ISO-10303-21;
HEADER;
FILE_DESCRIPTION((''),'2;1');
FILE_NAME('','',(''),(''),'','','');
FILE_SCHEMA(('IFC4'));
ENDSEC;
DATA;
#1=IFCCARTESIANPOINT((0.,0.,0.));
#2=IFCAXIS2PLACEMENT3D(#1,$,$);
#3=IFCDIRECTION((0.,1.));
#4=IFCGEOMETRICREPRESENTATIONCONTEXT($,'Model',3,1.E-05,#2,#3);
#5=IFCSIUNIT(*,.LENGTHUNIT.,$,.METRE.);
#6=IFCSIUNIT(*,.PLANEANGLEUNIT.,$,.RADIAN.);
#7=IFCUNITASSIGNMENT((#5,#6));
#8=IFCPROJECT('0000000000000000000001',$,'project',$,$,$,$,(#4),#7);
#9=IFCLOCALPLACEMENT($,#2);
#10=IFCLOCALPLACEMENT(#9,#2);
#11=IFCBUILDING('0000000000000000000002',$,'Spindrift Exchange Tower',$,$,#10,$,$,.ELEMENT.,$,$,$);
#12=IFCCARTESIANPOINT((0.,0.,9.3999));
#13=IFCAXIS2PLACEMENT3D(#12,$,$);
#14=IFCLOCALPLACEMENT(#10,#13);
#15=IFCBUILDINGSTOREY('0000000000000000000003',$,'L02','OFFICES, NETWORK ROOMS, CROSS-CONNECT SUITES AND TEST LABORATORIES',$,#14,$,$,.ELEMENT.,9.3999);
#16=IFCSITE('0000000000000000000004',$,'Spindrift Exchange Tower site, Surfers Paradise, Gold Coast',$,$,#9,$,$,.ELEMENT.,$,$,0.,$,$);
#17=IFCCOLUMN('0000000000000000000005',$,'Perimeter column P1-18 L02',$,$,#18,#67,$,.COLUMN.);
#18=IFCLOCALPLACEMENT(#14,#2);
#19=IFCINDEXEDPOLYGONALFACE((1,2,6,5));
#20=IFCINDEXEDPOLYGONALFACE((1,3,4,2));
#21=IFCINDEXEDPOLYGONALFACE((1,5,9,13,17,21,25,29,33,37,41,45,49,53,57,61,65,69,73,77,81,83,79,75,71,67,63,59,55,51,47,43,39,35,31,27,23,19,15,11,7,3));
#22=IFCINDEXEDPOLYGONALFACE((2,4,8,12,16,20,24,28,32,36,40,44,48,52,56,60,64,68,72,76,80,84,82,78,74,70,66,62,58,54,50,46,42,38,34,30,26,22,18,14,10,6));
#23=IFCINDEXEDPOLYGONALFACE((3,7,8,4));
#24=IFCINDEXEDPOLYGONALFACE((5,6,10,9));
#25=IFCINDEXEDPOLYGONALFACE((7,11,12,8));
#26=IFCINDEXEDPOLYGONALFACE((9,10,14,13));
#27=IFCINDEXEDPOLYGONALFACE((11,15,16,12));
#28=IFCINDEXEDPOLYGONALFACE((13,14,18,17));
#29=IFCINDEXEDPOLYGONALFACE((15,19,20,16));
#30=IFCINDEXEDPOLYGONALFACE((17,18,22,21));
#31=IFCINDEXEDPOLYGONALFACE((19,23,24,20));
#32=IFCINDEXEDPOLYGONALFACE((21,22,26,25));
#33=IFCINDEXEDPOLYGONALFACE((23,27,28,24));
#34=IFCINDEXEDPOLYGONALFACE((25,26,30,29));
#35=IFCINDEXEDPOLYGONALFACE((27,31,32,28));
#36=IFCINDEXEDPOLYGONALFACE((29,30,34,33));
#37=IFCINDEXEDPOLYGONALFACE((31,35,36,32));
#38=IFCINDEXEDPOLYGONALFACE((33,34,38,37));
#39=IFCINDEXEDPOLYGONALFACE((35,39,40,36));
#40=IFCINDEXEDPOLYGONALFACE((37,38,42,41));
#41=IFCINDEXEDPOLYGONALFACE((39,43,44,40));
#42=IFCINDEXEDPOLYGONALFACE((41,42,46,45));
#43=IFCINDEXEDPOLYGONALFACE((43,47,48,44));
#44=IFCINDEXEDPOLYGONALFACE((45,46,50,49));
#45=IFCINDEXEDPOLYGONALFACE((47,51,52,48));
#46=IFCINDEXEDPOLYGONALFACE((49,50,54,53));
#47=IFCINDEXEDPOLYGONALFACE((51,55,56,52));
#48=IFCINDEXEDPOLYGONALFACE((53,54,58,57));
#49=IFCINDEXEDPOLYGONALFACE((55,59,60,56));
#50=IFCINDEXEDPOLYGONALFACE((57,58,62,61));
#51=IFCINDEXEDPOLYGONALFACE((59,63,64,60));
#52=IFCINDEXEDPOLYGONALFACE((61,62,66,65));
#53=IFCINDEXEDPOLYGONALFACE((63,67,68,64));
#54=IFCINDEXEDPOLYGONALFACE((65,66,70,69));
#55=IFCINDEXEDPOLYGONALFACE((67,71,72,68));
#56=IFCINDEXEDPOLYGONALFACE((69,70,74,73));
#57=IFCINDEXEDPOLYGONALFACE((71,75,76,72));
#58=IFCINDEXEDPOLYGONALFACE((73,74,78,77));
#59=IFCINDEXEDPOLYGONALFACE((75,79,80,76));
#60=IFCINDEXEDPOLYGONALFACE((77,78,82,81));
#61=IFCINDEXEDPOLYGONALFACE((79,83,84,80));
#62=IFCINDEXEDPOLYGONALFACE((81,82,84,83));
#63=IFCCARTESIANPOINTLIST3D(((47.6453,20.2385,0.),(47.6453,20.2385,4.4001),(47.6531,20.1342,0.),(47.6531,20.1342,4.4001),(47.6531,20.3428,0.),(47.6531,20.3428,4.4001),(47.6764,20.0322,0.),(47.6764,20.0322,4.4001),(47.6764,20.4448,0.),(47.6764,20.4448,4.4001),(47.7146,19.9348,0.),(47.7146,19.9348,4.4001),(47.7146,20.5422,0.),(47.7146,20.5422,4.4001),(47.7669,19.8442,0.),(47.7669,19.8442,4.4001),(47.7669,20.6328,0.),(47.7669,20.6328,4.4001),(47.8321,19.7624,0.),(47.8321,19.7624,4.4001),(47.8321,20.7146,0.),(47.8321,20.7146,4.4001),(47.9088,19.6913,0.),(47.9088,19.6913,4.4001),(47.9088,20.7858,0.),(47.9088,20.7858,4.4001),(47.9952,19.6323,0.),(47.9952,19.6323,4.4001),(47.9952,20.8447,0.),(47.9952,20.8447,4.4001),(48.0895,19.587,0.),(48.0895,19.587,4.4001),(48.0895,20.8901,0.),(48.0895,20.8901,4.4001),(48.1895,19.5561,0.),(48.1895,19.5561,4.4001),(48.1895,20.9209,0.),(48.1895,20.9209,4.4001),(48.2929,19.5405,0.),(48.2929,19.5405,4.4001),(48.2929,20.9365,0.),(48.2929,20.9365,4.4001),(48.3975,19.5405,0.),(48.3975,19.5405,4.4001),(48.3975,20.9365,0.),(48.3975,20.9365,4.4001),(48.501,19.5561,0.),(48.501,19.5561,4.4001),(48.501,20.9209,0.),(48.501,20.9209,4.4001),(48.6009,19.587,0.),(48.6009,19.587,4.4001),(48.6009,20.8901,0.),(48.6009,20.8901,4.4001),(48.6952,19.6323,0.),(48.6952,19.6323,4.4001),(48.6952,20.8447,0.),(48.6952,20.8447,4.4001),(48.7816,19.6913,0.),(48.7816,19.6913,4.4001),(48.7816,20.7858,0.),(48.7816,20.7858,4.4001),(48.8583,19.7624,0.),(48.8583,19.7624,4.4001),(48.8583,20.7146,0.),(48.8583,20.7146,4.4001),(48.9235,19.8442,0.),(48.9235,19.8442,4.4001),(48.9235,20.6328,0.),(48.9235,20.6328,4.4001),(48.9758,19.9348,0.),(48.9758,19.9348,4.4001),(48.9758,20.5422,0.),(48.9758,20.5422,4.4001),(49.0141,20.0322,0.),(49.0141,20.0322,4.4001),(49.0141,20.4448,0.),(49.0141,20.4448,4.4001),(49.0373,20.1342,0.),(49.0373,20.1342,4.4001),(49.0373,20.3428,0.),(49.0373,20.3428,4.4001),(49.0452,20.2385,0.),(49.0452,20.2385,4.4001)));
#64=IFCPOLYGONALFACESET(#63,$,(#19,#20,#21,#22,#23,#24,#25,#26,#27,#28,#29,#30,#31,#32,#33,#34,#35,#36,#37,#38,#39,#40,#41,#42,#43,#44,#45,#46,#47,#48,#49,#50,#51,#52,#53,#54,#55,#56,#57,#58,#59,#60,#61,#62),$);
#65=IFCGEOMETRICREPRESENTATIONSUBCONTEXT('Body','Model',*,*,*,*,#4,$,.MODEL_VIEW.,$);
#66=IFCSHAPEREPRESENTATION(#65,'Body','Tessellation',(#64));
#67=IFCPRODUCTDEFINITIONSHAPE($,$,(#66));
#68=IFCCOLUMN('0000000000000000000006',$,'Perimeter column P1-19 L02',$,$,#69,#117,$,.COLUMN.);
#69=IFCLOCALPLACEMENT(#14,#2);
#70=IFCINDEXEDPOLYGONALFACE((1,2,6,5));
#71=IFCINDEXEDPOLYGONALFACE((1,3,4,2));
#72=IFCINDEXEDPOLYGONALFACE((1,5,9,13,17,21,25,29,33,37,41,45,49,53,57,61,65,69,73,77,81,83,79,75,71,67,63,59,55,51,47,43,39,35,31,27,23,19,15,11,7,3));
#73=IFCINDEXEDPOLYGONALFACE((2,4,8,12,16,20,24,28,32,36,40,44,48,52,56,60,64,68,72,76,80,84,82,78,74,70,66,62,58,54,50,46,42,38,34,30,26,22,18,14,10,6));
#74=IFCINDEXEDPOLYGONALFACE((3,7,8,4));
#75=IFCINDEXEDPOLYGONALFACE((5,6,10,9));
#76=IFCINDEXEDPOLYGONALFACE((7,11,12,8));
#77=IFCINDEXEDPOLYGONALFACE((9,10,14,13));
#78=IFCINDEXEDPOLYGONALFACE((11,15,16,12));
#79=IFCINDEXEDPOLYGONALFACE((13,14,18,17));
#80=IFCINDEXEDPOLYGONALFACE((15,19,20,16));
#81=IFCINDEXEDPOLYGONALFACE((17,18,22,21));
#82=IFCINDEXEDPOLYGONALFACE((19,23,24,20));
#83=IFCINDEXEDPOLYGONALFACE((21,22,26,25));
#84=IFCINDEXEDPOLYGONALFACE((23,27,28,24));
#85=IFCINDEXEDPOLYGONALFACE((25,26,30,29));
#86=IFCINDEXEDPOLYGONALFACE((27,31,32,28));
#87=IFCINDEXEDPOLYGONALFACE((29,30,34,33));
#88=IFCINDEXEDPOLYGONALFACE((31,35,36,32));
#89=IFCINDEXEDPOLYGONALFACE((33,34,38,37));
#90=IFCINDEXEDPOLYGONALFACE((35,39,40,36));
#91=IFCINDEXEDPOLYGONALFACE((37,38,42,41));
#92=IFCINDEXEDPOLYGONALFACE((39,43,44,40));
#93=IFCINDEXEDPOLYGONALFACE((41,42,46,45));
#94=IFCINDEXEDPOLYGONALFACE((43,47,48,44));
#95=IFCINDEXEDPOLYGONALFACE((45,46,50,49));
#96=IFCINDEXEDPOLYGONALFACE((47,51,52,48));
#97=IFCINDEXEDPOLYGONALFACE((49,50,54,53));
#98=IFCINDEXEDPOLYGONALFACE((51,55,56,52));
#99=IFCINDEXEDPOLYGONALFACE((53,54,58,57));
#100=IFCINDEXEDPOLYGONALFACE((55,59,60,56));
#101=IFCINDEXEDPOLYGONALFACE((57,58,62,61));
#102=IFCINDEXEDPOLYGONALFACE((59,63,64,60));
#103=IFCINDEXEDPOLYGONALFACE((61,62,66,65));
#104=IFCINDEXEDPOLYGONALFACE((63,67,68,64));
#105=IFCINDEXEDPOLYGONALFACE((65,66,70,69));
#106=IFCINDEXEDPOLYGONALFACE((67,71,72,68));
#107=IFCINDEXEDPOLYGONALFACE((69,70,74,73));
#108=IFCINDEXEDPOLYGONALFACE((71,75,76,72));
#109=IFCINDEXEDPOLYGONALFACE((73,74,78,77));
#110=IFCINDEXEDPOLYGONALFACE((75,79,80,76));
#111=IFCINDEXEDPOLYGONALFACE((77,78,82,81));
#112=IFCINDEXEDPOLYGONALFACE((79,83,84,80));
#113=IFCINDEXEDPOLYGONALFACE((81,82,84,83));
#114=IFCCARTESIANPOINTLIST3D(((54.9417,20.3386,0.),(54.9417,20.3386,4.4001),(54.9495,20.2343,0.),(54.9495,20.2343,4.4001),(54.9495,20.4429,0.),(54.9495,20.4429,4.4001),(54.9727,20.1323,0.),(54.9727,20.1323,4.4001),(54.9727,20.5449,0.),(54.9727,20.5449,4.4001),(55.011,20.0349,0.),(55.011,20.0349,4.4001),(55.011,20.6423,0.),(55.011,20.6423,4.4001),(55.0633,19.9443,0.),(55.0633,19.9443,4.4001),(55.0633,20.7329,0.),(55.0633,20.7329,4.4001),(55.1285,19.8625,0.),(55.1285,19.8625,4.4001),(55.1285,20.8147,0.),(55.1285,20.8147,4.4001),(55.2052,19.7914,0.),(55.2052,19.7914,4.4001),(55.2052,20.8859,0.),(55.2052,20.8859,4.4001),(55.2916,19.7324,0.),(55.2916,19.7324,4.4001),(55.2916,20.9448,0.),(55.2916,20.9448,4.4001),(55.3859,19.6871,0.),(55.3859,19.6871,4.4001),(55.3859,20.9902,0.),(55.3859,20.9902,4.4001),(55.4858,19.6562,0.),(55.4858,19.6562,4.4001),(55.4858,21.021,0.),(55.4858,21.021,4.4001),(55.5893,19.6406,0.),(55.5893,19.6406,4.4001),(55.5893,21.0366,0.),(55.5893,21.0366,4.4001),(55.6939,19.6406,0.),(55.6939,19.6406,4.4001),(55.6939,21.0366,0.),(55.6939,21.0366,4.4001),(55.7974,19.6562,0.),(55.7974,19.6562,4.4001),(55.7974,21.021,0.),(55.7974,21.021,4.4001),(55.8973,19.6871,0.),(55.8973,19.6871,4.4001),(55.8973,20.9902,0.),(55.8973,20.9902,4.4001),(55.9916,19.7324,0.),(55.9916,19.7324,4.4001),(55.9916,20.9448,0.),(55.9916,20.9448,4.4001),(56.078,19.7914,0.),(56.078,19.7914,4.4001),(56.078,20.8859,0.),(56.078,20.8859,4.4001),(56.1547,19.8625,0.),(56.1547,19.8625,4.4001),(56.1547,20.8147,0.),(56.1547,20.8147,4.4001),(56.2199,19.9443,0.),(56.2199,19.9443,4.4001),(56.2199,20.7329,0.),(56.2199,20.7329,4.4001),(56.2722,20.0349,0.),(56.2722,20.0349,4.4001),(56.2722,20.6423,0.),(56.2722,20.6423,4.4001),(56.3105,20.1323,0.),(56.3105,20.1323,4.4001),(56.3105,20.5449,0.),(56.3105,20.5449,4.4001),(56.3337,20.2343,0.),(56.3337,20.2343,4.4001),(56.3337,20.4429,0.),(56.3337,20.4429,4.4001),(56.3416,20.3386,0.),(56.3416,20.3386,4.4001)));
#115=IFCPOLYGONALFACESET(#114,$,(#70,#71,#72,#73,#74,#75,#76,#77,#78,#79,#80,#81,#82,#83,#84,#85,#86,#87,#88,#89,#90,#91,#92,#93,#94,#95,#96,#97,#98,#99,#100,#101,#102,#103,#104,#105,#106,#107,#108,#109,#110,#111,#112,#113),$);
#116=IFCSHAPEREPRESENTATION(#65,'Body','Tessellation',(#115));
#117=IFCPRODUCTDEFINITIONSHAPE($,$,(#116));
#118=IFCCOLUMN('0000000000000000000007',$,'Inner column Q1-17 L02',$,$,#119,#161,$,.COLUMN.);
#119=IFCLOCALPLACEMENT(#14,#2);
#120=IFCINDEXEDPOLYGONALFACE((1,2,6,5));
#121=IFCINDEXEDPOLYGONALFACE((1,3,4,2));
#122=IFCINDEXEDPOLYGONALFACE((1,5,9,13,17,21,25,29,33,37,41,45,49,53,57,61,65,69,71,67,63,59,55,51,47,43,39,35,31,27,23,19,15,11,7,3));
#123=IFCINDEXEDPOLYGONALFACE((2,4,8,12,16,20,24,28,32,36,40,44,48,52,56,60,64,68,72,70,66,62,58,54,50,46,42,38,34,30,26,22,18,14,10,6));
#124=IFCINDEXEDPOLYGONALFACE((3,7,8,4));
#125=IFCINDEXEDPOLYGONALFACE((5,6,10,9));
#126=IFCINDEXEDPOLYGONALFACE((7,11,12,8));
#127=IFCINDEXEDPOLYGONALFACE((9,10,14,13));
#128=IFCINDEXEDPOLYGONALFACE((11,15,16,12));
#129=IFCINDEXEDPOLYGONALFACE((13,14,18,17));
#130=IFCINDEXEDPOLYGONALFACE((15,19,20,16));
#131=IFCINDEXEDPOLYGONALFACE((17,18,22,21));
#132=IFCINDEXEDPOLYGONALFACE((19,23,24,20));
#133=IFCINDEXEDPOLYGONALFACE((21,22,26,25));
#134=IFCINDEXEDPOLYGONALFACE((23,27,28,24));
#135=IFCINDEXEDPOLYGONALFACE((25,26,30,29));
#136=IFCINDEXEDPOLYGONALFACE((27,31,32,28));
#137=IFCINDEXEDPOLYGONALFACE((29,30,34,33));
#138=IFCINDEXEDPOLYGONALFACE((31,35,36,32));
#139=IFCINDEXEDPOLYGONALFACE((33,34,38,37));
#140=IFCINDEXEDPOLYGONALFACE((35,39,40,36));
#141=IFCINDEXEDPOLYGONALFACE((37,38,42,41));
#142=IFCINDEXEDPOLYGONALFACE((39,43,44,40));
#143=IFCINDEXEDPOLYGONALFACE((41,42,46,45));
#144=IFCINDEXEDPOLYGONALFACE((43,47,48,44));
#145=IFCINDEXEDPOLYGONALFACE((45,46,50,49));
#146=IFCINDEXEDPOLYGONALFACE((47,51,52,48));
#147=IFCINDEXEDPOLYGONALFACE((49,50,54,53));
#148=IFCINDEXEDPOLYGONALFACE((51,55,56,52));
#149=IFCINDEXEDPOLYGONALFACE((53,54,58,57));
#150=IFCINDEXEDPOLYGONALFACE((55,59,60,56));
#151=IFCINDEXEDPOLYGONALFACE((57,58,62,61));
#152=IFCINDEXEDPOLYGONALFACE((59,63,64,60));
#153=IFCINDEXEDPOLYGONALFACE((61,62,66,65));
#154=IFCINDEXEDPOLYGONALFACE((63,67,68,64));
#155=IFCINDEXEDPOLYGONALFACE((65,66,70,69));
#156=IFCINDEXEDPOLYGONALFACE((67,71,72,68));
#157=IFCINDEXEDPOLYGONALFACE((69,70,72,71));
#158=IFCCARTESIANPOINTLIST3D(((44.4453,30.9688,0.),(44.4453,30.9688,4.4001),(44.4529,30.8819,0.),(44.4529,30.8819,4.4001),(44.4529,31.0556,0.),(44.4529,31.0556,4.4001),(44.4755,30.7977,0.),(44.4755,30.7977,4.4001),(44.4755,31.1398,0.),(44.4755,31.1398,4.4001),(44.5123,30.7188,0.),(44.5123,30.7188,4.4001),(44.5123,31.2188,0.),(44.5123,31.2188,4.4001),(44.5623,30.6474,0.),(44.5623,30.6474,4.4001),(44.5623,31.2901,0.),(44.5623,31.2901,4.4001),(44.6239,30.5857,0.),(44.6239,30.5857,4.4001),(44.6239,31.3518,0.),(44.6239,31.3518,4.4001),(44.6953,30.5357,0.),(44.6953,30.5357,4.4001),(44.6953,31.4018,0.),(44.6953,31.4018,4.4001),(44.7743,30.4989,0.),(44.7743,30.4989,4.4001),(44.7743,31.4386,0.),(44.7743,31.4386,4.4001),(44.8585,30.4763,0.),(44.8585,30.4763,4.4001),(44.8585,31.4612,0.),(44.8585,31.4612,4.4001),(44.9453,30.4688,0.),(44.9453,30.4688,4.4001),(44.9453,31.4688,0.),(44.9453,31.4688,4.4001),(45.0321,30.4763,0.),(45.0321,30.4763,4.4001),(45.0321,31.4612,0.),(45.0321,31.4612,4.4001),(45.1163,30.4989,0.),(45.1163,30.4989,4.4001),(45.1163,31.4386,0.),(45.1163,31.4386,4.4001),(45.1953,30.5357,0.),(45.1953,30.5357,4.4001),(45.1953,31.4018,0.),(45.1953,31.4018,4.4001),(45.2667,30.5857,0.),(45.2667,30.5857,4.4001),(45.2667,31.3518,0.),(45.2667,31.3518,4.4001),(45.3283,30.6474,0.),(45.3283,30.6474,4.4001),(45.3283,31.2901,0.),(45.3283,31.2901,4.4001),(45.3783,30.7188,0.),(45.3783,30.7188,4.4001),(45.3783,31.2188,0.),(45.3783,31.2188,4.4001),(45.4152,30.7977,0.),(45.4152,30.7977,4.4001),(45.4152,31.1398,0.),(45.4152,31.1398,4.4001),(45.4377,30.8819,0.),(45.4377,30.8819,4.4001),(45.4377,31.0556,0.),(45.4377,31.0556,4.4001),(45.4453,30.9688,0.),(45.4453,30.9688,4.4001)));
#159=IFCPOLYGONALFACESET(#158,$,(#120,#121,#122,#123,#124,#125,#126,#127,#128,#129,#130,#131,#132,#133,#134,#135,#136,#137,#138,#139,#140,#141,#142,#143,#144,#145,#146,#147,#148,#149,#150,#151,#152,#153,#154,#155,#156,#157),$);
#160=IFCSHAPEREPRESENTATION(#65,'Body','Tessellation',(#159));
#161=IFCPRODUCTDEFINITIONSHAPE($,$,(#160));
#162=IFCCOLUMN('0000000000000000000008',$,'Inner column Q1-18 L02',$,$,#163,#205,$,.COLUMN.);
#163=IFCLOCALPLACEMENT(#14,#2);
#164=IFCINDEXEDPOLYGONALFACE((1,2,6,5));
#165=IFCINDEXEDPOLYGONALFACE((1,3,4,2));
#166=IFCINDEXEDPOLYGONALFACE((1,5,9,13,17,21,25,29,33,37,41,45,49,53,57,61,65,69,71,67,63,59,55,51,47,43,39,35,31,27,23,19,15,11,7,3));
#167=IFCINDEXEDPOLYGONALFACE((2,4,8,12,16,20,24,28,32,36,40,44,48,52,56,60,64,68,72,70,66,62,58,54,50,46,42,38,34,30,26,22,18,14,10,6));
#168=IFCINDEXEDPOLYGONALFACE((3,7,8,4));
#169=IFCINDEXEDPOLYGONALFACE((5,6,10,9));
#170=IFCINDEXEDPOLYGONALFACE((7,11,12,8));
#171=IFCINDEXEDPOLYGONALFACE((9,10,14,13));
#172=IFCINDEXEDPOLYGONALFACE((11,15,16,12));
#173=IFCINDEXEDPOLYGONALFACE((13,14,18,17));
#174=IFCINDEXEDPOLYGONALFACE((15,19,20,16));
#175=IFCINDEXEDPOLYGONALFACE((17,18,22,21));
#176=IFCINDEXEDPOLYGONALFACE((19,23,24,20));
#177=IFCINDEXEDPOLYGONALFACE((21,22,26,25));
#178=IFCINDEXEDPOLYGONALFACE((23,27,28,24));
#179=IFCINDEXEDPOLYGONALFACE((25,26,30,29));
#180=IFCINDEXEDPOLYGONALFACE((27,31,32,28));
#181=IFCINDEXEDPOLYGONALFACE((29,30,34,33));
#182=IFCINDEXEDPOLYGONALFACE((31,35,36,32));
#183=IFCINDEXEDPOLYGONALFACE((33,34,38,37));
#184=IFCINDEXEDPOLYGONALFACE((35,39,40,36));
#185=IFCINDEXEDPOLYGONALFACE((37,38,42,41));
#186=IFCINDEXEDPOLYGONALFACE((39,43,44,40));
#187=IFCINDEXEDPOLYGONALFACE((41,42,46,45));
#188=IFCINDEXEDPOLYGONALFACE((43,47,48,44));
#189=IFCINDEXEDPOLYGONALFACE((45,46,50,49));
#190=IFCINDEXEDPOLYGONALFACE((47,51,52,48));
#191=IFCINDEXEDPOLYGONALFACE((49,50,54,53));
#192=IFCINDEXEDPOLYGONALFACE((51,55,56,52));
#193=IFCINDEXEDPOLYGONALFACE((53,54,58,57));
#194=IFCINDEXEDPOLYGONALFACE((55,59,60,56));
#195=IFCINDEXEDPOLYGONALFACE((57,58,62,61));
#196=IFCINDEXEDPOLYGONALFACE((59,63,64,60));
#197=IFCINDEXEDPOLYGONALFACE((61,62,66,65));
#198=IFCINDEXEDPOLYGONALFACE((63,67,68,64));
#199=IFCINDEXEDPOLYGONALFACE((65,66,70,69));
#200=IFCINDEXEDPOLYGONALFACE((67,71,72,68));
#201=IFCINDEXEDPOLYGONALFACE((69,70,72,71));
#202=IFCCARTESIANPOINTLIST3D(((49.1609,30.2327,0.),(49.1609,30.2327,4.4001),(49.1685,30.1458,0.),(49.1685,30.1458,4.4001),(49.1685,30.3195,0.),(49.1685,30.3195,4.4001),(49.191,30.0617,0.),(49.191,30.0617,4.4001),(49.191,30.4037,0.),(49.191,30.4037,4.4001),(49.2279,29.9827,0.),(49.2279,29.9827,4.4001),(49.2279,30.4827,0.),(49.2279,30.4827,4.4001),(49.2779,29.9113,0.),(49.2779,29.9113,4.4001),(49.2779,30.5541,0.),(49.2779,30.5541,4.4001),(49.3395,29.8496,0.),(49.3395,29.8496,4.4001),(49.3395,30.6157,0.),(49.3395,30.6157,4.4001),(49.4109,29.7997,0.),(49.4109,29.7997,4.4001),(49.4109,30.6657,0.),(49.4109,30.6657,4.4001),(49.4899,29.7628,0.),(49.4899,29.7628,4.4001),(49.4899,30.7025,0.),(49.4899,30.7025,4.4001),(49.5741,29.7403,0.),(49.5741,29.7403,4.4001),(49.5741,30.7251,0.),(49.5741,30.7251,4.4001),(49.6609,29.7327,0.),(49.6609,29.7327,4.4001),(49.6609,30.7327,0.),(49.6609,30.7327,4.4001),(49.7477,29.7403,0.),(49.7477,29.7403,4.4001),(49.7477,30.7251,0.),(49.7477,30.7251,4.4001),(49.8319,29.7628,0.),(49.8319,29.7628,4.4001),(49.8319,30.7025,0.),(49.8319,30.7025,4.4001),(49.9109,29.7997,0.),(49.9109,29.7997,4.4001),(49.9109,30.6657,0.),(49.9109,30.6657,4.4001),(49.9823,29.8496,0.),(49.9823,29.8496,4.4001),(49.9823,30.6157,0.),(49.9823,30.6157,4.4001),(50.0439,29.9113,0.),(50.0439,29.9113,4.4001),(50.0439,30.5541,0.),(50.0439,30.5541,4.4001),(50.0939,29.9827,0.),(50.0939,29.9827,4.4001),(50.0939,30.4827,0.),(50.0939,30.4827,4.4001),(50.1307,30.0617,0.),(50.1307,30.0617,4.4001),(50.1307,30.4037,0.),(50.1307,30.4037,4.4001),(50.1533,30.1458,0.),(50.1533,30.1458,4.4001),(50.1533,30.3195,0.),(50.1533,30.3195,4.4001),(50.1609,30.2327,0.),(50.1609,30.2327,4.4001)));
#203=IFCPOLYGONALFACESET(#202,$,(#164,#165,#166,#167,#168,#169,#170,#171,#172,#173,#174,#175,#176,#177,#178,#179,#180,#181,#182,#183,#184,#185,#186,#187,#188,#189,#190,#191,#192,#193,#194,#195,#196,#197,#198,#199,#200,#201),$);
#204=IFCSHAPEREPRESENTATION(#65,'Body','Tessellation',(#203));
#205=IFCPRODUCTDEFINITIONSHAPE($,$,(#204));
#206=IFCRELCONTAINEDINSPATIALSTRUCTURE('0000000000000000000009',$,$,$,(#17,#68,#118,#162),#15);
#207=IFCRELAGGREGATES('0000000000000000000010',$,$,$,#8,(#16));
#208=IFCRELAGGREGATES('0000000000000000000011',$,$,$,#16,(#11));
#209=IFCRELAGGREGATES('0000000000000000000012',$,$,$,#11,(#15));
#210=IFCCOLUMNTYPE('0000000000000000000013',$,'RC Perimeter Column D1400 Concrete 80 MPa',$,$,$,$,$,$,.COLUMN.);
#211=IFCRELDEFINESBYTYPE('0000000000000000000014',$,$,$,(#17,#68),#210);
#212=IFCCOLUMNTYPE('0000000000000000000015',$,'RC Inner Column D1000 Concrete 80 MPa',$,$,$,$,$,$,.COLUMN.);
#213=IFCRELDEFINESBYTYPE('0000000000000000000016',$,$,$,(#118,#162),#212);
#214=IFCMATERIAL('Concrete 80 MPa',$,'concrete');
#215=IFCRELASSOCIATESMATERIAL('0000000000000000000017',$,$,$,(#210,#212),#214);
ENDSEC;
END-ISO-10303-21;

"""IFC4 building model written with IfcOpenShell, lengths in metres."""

from ifc_helpers import new_model, si_unit, direction, frame, origin, origin_2d, place, context, subcontext, project, spatial, circle, extrude, source, transform, mapped, material, material_profile, profile_set, type_object, element, save


model = new_model("IFC4")

# Units and contexts
model_context = context("Model", 3, precision=1e-05, world=origin(), true_north=direction((0.0, 1.0)))
body_context = subcontext(model_context, "Body", "Model", "MODEL_VIEW")
ifc_project = project(units=[si_unit("LENGTHUNIT", "METRE"), si_unit("PLANEANGLEUNIT", "RADIAN")], contexts=[model_context])

# Site, building, storey
site_placement = place(None, origin())
site = spatial("IfcSite", under=ifc_project, at=site_placement, Name="Spindrift Exchange Tower site, Surfers Paradise, Gold Coast", CompositionType="ELEMENT", RefElevation=0.0)
building_placement = place(site_placement, origin())
building = spatial("IfcBuilding", under=site, at=building_placement, Name="Spindrift Exchange Tower", CompositionType="ELEMENT")
storey_placement = place(building_placement, frame((0.0, 0.0, 9.3999)))
storey = spatial("IfcBuildingStorey", under=building, at=storey_placement, Name="L02", Description="OFFICES, NETWORK ROOMS, CROSS-CONNECT SUITES AND TEST LABORATORIES", CompositionType="ELEMENT", Elevation=9.3999)

# Columns
ifc_material_1 = material(Name="Concrete 80 MPa", Category="concrete")
ifc_material_profile_1 = material_profile(ifc_material_1, circle(Radius=0.7, at=origin_2d()), Name="RC D1400")
ifc_profile_set_1 = profile_set([ifc_material_profile_1], Name="Concrete 80 MPa")
column_type_1 = type_object("IfcColumnType", Name="RC Perimeter Column D1400 Concrete 80 MPa", PredefinedType="COLUMN", material=ifc_profile_set_1)
shared_shape_1 = source(origin(), body_context, "Body", "SweptSolid", [
    extrude(circle(Radius=0.7, at=origin_2d()), origin(), (0.0, 0.0, 1.0), 4.4001),
])
for number, where, z_axis, x_axis, name in (
    (1, (48.3452, 20.2385, 0.0), (0.0, 0.0, 1.0), (1.0, 0.0, 0.0), "Perimeter column P1-18 L02"),
    (2, (55.6416, 20.3386, 0.0), (0.0, 0.0, 1.0), (1.0, 0.0, 0.0), "Perimeter column P1-19 L02"),
):
    element("IfcColumn", number, at=place(storey_placement, frame(where, z_axis=z_axis, x_axis=x_axis)), inside=storey, type_object=column_type_1, Name=name, PredefinedType="COLUMN", context=body_context, shape_type="MappedRepresentation", body=[
        mapped(shared_shape_1, transform((0.0, 0.0, 0.0), scale=1.0)),
    ])
ifc_material_profile_2 = material_profile(ifc_material_1, circle(Radius=0.5, at=origin_2d()), Name="RC D1000")
ifc_profile_set_2 = profile_set([ifc_material_profile_2], Name="Concrete 80 MPa")
column_type_2 = type_object("IfcColumnType", Name="RC Inner Column D1000 Concrete 80 MPa", PredefinedType="COLUMN", material=ifc_profile_set_2)
shared_shape_2 = source(origin(), body_context, "Body", "SweptSolid", [
    extrude(circle(Radius=0.5, at=origin_2d()), origin(), (0.0, 0.0, 1.0), 4.4001),
])
for number, where, z_axis, x_axis, name in (
    (3, (44.9453, 30.9688, 0.0), (0.0, 0.0, 1.0), (1.0, 0.0, 0.0), "Inner column Q1-17 L02"),
    (4, (49.6609, 30.2327, 0.0), (0.0, 0.0, 1.0), (1.0, 0.0, 0.0), "Inner column Q1-18 L02"),
):
    element("IfcColumn", number, at=place(storey_placement, frame(where, z_axis=z_axis, x_axis=x_axis)), inside=storey, type_object=column_type_2, Name=name, PredefinedType="COLUMN", context=body_context, shape_type="MappedRepresentation", body=[
        mapped(shared_shape_2, transform((0.0, 0.0, 0.0), scale=1.0)),
    ])

save(model, "model.ifc")
